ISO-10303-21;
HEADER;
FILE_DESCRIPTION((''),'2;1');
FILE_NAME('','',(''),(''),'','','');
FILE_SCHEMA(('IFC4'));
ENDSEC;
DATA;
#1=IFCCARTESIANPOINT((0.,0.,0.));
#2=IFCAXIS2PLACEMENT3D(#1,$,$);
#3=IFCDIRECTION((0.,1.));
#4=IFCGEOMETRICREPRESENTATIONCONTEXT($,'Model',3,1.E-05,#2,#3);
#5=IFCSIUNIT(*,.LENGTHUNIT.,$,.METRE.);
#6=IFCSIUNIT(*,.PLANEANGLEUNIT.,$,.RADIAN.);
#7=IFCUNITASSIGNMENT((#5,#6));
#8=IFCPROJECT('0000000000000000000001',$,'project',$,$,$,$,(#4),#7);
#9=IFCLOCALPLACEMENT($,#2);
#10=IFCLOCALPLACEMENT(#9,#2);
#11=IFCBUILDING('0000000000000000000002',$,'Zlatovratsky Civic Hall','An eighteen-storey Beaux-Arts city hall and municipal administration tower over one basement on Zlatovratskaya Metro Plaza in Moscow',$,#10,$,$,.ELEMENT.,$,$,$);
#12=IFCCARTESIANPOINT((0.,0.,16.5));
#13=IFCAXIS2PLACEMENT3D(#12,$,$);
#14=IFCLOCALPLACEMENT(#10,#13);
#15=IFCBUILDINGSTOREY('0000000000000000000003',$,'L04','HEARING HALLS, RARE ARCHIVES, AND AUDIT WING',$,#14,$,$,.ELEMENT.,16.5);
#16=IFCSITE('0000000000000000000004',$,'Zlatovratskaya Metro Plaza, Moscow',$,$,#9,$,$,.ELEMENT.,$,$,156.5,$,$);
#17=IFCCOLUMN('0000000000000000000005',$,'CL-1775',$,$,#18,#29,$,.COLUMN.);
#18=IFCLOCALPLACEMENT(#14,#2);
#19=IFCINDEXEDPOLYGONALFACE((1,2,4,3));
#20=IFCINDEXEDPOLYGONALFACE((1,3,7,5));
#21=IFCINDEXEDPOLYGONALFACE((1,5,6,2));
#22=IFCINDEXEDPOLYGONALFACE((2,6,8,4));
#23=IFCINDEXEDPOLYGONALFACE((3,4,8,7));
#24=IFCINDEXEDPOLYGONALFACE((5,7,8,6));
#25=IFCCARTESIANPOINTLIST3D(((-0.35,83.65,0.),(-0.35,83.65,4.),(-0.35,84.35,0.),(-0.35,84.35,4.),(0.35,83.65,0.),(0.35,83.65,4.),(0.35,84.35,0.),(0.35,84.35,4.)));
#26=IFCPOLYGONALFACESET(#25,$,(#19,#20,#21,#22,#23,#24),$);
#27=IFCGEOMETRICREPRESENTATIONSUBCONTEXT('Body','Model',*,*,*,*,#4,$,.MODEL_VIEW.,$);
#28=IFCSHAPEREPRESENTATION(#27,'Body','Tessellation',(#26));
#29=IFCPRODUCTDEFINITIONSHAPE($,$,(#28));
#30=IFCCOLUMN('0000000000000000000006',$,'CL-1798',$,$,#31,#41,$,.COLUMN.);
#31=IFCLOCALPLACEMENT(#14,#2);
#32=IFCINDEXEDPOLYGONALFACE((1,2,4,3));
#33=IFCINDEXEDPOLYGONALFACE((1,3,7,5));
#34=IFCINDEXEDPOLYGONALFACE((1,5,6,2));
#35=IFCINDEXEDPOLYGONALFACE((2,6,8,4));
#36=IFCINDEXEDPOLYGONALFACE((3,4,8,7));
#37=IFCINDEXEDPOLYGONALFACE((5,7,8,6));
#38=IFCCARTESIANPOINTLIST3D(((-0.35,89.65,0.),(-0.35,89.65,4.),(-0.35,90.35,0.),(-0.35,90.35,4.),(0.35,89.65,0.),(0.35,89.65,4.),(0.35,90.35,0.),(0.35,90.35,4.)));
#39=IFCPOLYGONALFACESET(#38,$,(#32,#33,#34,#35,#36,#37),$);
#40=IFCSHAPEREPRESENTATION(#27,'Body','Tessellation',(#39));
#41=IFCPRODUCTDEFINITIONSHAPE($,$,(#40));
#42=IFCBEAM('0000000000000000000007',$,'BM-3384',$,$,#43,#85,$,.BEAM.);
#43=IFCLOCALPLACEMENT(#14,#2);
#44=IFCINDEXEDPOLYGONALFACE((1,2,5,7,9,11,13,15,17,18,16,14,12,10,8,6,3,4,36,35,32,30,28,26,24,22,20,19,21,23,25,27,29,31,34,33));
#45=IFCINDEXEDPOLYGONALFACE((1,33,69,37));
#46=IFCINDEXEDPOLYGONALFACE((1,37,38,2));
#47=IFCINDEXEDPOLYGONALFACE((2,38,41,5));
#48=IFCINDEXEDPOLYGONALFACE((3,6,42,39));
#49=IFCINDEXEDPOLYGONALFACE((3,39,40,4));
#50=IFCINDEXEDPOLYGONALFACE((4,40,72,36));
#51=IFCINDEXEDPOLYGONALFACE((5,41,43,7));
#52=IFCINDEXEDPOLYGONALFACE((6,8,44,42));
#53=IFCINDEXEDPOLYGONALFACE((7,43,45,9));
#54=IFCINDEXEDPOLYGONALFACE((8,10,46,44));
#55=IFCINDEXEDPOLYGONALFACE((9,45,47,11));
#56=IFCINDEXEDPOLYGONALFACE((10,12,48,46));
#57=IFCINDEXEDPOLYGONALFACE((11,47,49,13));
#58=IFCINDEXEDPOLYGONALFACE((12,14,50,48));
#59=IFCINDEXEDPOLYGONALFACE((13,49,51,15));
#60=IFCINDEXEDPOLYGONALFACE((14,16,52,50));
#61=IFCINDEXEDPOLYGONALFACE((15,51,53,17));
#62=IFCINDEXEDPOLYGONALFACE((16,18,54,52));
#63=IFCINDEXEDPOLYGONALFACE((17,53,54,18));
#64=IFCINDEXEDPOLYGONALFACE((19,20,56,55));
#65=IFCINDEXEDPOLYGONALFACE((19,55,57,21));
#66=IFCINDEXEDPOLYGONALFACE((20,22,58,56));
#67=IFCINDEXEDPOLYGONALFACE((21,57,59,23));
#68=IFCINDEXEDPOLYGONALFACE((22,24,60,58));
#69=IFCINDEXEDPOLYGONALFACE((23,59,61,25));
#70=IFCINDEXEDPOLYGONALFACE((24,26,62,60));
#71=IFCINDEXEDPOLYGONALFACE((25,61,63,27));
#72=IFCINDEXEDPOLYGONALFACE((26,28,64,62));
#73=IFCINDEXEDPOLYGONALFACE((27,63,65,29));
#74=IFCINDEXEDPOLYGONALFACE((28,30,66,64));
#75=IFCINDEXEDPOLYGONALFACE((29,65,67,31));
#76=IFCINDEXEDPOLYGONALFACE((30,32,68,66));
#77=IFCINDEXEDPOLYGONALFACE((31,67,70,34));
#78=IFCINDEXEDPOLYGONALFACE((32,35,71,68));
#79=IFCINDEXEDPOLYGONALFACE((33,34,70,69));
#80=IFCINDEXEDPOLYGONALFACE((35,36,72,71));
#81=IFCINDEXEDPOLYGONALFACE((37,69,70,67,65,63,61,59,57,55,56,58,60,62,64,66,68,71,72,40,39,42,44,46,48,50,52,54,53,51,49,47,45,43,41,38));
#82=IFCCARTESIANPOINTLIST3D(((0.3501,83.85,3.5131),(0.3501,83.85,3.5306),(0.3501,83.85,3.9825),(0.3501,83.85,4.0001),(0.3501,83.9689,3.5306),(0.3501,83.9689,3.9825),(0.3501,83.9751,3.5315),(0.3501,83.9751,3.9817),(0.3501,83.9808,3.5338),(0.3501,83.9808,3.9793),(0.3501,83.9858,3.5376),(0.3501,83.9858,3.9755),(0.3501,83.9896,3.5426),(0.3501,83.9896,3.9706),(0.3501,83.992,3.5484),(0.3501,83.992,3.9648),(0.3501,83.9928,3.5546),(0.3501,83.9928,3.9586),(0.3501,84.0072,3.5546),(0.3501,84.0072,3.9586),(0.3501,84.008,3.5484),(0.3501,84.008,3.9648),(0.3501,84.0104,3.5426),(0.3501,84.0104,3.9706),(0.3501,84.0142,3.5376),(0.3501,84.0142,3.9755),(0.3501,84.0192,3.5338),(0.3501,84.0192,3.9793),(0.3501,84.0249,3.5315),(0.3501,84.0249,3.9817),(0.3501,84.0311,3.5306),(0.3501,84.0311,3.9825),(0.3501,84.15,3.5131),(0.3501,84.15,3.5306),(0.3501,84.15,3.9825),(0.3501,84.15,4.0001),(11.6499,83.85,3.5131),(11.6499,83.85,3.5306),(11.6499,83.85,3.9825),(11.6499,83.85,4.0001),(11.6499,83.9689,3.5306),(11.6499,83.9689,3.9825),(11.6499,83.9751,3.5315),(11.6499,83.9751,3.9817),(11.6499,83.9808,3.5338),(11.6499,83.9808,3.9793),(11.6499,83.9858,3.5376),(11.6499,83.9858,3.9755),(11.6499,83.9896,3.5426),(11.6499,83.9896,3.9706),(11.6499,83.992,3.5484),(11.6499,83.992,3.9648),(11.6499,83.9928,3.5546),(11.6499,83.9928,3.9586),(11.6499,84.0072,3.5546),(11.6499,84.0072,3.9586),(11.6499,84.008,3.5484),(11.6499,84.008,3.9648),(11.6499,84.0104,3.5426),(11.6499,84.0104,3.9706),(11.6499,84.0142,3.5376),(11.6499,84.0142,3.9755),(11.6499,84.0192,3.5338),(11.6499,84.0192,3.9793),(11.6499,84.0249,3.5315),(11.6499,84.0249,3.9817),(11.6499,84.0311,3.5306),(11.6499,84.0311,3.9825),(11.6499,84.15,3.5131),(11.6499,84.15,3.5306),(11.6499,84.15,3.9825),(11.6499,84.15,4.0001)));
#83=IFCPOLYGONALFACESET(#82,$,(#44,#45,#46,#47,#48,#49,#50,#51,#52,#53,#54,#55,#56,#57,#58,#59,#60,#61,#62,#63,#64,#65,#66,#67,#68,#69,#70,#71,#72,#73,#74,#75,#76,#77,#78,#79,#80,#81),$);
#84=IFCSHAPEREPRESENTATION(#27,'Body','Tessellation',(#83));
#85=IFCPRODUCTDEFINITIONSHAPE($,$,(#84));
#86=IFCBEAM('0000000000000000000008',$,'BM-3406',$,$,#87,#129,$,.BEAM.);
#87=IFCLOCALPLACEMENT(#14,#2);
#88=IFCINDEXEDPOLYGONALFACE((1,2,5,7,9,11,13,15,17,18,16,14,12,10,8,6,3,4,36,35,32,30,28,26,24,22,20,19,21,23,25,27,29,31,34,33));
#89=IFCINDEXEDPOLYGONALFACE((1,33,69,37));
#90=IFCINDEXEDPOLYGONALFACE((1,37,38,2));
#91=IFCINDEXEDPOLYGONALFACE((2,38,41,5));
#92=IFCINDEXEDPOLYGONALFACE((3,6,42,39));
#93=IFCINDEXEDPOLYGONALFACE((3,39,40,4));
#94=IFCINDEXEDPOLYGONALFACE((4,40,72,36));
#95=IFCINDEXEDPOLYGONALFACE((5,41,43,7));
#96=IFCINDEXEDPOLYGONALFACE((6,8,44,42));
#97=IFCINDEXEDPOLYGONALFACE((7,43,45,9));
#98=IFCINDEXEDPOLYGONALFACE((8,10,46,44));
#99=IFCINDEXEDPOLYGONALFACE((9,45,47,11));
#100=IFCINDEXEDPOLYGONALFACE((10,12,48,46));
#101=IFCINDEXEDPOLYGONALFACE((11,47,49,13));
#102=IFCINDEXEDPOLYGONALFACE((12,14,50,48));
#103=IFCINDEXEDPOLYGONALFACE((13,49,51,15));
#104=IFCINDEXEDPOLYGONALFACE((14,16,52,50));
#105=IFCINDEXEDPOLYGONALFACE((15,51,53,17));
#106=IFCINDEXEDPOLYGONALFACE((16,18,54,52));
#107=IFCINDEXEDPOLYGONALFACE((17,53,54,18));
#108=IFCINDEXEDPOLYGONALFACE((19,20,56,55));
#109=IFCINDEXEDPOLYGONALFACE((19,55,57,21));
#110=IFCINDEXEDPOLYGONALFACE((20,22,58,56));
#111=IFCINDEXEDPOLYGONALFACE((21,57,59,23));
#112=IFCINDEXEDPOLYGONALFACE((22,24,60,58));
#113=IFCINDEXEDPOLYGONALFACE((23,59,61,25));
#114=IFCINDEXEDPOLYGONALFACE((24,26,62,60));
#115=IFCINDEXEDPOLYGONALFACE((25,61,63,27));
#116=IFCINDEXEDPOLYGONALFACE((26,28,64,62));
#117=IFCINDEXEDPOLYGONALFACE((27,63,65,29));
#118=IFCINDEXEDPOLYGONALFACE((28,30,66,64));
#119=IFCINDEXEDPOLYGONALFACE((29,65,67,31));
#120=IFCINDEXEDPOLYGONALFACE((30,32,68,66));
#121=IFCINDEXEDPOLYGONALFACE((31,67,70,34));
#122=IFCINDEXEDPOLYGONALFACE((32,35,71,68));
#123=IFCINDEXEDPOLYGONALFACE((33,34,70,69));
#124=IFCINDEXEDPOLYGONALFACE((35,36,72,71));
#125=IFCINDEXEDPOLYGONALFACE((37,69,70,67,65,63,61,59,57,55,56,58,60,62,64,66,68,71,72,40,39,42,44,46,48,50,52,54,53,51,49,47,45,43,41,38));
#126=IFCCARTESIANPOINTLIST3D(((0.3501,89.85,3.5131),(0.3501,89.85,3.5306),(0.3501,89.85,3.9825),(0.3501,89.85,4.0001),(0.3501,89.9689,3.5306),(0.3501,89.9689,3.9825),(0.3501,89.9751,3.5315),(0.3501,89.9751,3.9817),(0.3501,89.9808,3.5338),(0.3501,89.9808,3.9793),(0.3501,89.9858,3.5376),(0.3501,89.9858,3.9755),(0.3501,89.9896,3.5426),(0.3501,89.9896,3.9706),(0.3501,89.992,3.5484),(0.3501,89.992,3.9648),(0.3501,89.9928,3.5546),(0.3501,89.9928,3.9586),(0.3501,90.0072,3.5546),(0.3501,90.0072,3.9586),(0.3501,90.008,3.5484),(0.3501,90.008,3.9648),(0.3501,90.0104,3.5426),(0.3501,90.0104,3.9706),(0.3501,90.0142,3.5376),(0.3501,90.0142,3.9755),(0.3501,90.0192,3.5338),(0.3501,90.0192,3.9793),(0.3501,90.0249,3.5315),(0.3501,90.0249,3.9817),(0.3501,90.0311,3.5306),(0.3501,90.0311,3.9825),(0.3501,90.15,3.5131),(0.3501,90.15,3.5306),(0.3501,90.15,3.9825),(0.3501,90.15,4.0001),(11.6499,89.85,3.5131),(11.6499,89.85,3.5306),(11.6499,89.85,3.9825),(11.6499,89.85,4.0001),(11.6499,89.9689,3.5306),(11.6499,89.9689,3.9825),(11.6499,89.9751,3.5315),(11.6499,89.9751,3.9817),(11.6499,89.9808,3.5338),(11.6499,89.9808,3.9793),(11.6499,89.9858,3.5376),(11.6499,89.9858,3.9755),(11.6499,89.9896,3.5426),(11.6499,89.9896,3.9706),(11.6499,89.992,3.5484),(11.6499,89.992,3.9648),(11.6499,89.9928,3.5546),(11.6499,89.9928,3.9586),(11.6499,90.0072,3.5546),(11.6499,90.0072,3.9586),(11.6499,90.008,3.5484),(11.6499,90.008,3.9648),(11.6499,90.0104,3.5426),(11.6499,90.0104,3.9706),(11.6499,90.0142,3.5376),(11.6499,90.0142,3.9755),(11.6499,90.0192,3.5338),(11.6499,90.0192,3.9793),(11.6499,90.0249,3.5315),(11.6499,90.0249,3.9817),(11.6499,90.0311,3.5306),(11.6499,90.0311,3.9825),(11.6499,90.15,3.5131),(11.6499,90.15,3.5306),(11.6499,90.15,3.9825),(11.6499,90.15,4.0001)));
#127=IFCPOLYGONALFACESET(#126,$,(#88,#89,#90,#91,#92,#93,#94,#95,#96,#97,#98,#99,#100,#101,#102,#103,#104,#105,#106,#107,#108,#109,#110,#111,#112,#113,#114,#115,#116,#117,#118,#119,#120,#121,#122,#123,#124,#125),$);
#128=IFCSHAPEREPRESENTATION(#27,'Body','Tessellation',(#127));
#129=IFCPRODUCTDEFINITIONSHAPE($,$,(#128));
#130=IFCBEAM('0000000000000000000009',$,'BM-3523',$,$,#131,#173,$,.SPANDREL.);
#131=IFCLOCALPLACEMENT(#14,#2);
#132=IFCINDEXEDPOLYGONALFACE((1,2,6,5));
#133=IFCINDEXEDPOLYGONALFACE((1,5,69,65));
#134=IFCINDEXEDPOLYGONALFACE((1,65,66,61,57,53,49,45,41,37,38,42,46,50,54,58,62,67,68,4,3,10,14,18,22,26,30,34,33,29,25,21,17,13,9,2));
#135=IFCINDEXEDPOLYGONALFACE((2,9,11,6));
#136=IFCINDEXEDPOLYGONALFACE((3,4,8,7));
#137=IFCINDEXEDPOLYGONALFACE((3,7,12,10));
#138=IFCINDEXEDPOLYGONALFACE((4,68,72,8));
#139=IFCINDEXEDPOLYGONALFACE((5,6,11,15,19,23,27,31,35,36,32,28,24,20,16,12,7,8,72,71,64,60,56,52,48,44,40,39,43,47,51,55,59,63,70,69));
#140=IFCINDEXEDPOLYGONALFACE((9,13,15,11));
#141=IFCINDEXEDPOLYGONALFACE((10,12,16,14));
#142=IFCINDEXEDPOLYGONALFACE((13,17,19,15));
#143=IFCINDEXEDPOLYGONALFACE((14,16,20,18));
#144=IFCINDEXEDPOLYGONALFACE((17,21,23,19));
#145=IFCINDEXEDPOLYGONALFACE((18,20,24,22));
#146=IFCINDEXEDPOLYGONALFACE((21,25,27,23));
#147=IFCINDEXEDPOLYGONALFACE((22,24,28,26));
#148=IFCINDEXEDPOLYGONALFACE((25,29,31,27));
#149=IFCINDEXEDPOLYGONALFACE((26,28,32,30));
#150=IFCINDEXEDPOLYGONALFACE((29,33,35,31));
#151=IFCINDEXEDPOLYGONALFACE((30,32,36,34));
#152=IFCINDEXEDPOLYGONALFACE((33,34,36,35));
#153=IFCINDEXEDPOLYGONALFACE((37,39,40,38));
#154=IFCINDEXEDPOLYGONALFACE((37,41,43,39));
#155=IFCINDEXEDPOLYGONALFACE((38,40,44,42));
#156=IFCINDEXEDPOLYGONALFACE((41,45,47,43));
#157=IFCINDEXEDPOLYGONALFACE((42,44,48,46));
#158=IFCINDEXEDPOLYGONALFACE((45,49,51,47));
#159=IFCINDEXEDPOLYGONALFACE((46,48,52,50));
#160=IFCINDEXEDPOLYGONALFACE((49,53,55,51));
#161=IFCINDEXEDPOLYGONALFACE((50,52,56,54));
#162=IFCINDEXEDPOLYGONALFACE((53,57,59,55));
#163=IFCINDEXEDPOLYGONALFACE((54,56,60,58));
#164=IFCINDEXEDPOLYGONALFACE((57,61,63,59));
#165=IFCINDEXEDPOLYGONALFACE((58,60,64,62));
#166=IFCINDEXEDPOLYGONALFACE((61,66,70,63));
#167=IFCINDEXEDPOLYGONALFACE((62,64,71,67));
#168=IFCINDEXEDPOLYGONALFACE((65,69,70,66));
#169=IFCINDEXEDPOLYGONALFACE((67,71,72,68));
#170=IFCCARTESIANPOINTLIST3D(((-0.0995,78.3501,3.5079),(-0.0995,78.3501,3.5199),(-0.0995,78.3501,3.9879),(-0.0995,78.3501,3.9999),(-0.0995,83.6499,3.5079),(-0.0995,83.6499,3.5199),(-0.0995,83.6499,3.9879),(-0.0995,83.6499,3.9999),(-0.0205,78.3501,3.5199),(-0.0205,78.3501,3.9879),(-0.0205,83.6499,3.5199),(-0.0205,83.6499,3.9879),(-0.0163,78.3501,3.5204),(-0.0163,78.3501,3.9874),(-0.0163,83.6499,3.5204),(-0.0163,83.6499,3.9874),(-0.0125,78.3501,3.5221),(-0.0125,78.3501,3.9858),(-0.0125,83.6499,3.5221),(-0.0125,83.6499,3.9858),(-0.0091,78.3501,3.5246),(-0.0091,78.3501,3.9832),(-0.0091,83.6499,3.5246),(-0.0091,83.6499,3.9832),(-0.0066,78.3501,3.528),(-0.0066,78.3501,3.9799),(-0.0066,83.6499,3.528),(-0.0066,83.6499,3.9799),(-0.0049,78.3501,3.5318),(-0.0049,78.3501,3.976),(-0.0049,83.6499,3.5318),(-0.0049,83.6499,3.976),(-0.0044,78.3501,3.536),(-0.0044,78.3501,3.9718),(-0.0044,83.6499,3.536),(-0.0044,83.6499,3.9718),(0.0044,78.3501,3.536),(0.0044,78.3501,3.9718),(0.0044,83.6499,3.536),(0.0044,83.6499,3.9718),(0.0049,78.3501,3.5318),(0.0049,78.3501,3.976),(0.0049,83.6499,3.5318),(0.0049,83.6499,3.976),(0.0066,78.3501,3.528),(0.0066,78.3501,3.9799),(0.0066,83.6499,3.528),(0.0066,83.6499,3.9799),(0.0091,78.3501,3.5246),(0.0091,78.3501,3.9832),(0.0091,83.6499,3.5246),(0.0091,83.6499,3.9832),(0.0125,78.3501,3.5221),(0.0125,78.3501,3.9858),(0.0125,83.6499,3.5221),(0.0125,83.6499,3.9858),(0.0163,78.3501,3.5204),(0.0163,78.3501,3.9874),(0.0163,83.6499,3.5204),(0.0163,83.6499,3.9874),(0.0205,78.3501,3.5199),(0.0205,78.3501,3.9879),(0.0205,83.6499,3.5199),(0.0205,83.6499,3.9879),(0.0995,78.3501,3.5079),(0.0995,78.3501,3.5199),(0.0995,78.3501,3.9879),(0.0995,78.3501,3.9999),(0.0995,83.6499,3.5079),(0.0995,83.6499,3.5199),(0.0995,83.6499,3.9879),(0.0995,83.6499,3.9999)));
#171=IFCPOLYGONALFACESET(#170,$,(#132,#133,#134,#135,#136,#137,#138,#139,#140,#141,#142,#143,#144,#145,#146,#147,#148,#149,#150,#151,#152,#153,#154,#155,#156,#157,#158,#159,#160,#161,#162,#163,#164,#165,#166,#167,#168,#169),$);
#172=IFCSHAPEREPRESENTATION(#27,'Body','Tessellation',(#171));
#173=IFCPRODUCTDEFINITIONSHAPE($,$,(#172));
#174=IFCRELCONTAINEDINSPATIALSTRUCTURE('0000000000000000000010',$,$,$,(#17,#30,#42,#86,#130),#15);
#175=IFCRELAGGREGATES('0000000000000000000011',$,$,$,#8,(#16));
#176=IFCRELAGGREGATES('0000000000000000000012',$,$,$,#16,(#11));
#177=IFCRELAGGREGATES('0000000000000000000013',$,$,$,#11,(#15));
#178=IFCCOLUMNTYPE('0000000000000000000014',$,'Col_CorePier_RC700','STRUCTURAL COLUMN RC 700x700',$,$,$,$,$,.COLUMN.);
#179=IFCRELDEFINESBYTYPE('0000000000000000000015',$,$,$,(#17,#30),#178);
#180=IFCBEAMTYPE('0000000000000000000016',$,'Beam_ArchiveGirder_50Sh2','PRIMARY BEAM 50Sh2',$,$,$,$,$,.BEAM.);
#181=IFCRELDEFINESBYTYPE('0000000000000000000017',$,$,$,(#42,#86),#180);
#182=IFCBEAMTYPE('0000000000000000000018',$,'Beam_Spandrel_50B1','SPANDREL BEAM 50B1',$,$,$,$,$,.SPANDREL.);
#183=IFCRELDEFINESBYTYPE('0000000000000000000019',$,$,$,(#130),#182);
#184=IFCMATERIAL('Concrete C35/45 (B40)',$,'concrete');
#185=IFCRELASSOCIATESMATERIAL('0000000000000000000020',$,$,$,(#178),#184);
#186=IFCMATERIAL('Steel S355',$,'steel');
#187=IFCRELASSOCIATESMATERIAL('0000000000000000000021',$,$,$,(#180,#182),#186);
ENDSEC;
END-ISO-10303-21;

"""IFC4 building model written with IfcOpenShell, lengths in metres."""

from ifc_helpers import new_model, si_unit, direction, frame, origin, origin_2d, place, context, subcontext, project, spatial, rectangle, i_section, extrude, material, material_profile, profile_set, type_object, element, save


model = new_model("IFC4")

# Units and contexts
model_context = context("Model", 3, precision=1e-05, world=origin(), true_north=direction((0.0, 1.0)))
body_context = subcontext(model_context, "Body", "Model", "MODEL_VIEW")
ifc_project = project(units=[si_unit("LENGTHUNIT", "METRE"), si_unit("PLANEANGLEUNIT", "RADIAN")], contexts=[model_context])

# Site, building, storey
site_placement = place(None, origin())
site = spatial("IfcSite", under=ifc_project, at=site_placement, Name="Zlatovratskaya Metro Plaza, Moscow", CompositionType="ELEMENT", RefElevation=156.5)
building_placement = place(site_placement, origin())
building = spatial("IfcBuilding", under=site, at=building_placement, Name="Zlatovratsky Civic Hall", Description="An eighteen-storey Beaux-Arts city hall and municipal administration tower over one basement on Zlatovratskaya Metro Plaza in Moscow", CompositionType="ELEMENT")
storey_placement = place(building_placement, frame((0.0, 0.0, 16.5)))
storey = spatial("IfcBuildingStorey", under=building, at=storey_placement, Name="L04", Description="HEARING HALLS, RARE ARCHIVES, AND AUDIT WING", CompositionType="ELEMENT", Elevation=16.5)

# Columns
ifc_material_1 = material(Name="Concrete C35/45 (B40)", Category="concrete")
ifc_material_profile_1 = material_profile(ifc_material_1, rectangle(XDim=0.7, YDim=0.7, at=origin_2d()), Name="RC 700x700")
ifc_profile_set_1 = profile_set([ifc_material_profile_1], Name="Concrete C35/45 (B40)")
column_type = type_object("IfcColumnType", Name="Col_CorePier_RC700", Description="STRUCTURAL COLUMN RC 700x700", PredefinedType="COLUMN", material=ifc_profile_set_1)
for number, where, z_axis, x_axis, name in (
    (1, (0.0, 84.0, 0.0), (0.0, 0.0, 1.0), (1.0, 0.0, 0.0), "CL-1775"),
    (2, (0.0, 90.0, 0.0), (0.0, 0.0, 1.0), (1.0, 0.0, 0.0), "CL-1798"),
):
    element("IfcColumn", number, at=place(storey_placement, frame(where, z_axis=z_axis, x_axis=x_axis)), inside=storey, type_object=column_type, Name=name, PredefinedType="COLUMN", context=body_context, shape_type="SweptSolid", body=[
        extrude(rectangle(XDim=0.7, YDim=0.7, at=origin_2d()), origin(), (0.0, 0.0, 1.0), 4.0),
    ])

# Beams
ifc_material_2 = material(Name="Steel S355", Category="steel")
ifc_material_profile_2 = material_profile(ifc_material_2, i_section(OverallWidth=0.3, OverallDepth=0.4871, WebThickness=0.0144, FlangeThickness=0.0176, FilletRadius=0.0239, at=origin_2d()), Name="50Sh2")
ifc_profile_set_2 = profile_set([ifc_material_profile_2], Name="Steel S355")
beam_type_1 = type_object("IfcBeamType", Name="Beam_ArchiveGirder_50Sh2", Description="PRIMARY BEAM 50Sh2", PredefinedType="BEAM", material=ifc_profile_set_2)
for number, where, z_axis, x_axis, name in (
    (3, (0.3501, 84.0, 3.7566), (1.0, 0.0, 0.0), (0.0, 1.0, 0.0), "BM-3384"),
    (4, (0.3501, 90.0, 3.7566), (1.0, 0.0, 0.0), (0.0, 1.0, 0.0), "BM-3406"),
):
    element("IfcBeam", number, at=place(storey_placement, frame(where, z_axis=z_axis, x_axis=x_axis)), inside=storey, type_object=beam_type_1, Name=name, PredefinedType="BEAM", context=body_context, shape_type="SweptSolid", body=[
        extrude(i_section(OverallWidth=0.3, OverallDepth=0.4871, WebThickness=0.0144, FlangeThickness=0.0176, FilletRadius=0.0239, at=origin_2d()), origin(), (0.0, 0.0, 1.0), 11.2998),
    ])
ifc_material_profile_3 = material_profile(ifc_material_2, i_section(OverallWidth=0.199, OverallDepth=0.4919, WebThickness=0.0088, FlangeThickness=0.012, FilletRadius=0.0161, at=origin_2d()), Name="50B1")
ifc_profile_set_3 = profile_set([ifc_material_profile_3], Name="Steel S355")
beam_type_2 = type_object("IfcBeamType", Name="Beam_Spandrel_50B1", Description="SPANDREL BEAM 50B1", PredefinedType="SPANDREL", material=ifc_profile_set_3)
for number, where, z_axis, x_axis, name in (
    (5, (0.0, 78.3501, 3.7539), (0.0, 1.0, 0.0), (-1.0, 0.0, 0.0), "BM-3523"),
):
    element("IfcBeam", number, at=place(storey_placement, frame(where, z_axis=z_axis, x_axis=x_axis)), inside=storey, type_object=beam_type_2, Name=name, PredefinedType="SPANDREL", context=body_context, shape_type="SweptSolid", body=[
        extrude(i_section(OverallWidth=0.199, OverallDepth=0.4919, WebThickness=0.0088, FlangeThickness=0.012, FilletRadius=0.0161, at=origin_2d()), origin(), (0.0, 0.0, 1.0), 5.2998),
    ])

save(model, "model.ifc")
